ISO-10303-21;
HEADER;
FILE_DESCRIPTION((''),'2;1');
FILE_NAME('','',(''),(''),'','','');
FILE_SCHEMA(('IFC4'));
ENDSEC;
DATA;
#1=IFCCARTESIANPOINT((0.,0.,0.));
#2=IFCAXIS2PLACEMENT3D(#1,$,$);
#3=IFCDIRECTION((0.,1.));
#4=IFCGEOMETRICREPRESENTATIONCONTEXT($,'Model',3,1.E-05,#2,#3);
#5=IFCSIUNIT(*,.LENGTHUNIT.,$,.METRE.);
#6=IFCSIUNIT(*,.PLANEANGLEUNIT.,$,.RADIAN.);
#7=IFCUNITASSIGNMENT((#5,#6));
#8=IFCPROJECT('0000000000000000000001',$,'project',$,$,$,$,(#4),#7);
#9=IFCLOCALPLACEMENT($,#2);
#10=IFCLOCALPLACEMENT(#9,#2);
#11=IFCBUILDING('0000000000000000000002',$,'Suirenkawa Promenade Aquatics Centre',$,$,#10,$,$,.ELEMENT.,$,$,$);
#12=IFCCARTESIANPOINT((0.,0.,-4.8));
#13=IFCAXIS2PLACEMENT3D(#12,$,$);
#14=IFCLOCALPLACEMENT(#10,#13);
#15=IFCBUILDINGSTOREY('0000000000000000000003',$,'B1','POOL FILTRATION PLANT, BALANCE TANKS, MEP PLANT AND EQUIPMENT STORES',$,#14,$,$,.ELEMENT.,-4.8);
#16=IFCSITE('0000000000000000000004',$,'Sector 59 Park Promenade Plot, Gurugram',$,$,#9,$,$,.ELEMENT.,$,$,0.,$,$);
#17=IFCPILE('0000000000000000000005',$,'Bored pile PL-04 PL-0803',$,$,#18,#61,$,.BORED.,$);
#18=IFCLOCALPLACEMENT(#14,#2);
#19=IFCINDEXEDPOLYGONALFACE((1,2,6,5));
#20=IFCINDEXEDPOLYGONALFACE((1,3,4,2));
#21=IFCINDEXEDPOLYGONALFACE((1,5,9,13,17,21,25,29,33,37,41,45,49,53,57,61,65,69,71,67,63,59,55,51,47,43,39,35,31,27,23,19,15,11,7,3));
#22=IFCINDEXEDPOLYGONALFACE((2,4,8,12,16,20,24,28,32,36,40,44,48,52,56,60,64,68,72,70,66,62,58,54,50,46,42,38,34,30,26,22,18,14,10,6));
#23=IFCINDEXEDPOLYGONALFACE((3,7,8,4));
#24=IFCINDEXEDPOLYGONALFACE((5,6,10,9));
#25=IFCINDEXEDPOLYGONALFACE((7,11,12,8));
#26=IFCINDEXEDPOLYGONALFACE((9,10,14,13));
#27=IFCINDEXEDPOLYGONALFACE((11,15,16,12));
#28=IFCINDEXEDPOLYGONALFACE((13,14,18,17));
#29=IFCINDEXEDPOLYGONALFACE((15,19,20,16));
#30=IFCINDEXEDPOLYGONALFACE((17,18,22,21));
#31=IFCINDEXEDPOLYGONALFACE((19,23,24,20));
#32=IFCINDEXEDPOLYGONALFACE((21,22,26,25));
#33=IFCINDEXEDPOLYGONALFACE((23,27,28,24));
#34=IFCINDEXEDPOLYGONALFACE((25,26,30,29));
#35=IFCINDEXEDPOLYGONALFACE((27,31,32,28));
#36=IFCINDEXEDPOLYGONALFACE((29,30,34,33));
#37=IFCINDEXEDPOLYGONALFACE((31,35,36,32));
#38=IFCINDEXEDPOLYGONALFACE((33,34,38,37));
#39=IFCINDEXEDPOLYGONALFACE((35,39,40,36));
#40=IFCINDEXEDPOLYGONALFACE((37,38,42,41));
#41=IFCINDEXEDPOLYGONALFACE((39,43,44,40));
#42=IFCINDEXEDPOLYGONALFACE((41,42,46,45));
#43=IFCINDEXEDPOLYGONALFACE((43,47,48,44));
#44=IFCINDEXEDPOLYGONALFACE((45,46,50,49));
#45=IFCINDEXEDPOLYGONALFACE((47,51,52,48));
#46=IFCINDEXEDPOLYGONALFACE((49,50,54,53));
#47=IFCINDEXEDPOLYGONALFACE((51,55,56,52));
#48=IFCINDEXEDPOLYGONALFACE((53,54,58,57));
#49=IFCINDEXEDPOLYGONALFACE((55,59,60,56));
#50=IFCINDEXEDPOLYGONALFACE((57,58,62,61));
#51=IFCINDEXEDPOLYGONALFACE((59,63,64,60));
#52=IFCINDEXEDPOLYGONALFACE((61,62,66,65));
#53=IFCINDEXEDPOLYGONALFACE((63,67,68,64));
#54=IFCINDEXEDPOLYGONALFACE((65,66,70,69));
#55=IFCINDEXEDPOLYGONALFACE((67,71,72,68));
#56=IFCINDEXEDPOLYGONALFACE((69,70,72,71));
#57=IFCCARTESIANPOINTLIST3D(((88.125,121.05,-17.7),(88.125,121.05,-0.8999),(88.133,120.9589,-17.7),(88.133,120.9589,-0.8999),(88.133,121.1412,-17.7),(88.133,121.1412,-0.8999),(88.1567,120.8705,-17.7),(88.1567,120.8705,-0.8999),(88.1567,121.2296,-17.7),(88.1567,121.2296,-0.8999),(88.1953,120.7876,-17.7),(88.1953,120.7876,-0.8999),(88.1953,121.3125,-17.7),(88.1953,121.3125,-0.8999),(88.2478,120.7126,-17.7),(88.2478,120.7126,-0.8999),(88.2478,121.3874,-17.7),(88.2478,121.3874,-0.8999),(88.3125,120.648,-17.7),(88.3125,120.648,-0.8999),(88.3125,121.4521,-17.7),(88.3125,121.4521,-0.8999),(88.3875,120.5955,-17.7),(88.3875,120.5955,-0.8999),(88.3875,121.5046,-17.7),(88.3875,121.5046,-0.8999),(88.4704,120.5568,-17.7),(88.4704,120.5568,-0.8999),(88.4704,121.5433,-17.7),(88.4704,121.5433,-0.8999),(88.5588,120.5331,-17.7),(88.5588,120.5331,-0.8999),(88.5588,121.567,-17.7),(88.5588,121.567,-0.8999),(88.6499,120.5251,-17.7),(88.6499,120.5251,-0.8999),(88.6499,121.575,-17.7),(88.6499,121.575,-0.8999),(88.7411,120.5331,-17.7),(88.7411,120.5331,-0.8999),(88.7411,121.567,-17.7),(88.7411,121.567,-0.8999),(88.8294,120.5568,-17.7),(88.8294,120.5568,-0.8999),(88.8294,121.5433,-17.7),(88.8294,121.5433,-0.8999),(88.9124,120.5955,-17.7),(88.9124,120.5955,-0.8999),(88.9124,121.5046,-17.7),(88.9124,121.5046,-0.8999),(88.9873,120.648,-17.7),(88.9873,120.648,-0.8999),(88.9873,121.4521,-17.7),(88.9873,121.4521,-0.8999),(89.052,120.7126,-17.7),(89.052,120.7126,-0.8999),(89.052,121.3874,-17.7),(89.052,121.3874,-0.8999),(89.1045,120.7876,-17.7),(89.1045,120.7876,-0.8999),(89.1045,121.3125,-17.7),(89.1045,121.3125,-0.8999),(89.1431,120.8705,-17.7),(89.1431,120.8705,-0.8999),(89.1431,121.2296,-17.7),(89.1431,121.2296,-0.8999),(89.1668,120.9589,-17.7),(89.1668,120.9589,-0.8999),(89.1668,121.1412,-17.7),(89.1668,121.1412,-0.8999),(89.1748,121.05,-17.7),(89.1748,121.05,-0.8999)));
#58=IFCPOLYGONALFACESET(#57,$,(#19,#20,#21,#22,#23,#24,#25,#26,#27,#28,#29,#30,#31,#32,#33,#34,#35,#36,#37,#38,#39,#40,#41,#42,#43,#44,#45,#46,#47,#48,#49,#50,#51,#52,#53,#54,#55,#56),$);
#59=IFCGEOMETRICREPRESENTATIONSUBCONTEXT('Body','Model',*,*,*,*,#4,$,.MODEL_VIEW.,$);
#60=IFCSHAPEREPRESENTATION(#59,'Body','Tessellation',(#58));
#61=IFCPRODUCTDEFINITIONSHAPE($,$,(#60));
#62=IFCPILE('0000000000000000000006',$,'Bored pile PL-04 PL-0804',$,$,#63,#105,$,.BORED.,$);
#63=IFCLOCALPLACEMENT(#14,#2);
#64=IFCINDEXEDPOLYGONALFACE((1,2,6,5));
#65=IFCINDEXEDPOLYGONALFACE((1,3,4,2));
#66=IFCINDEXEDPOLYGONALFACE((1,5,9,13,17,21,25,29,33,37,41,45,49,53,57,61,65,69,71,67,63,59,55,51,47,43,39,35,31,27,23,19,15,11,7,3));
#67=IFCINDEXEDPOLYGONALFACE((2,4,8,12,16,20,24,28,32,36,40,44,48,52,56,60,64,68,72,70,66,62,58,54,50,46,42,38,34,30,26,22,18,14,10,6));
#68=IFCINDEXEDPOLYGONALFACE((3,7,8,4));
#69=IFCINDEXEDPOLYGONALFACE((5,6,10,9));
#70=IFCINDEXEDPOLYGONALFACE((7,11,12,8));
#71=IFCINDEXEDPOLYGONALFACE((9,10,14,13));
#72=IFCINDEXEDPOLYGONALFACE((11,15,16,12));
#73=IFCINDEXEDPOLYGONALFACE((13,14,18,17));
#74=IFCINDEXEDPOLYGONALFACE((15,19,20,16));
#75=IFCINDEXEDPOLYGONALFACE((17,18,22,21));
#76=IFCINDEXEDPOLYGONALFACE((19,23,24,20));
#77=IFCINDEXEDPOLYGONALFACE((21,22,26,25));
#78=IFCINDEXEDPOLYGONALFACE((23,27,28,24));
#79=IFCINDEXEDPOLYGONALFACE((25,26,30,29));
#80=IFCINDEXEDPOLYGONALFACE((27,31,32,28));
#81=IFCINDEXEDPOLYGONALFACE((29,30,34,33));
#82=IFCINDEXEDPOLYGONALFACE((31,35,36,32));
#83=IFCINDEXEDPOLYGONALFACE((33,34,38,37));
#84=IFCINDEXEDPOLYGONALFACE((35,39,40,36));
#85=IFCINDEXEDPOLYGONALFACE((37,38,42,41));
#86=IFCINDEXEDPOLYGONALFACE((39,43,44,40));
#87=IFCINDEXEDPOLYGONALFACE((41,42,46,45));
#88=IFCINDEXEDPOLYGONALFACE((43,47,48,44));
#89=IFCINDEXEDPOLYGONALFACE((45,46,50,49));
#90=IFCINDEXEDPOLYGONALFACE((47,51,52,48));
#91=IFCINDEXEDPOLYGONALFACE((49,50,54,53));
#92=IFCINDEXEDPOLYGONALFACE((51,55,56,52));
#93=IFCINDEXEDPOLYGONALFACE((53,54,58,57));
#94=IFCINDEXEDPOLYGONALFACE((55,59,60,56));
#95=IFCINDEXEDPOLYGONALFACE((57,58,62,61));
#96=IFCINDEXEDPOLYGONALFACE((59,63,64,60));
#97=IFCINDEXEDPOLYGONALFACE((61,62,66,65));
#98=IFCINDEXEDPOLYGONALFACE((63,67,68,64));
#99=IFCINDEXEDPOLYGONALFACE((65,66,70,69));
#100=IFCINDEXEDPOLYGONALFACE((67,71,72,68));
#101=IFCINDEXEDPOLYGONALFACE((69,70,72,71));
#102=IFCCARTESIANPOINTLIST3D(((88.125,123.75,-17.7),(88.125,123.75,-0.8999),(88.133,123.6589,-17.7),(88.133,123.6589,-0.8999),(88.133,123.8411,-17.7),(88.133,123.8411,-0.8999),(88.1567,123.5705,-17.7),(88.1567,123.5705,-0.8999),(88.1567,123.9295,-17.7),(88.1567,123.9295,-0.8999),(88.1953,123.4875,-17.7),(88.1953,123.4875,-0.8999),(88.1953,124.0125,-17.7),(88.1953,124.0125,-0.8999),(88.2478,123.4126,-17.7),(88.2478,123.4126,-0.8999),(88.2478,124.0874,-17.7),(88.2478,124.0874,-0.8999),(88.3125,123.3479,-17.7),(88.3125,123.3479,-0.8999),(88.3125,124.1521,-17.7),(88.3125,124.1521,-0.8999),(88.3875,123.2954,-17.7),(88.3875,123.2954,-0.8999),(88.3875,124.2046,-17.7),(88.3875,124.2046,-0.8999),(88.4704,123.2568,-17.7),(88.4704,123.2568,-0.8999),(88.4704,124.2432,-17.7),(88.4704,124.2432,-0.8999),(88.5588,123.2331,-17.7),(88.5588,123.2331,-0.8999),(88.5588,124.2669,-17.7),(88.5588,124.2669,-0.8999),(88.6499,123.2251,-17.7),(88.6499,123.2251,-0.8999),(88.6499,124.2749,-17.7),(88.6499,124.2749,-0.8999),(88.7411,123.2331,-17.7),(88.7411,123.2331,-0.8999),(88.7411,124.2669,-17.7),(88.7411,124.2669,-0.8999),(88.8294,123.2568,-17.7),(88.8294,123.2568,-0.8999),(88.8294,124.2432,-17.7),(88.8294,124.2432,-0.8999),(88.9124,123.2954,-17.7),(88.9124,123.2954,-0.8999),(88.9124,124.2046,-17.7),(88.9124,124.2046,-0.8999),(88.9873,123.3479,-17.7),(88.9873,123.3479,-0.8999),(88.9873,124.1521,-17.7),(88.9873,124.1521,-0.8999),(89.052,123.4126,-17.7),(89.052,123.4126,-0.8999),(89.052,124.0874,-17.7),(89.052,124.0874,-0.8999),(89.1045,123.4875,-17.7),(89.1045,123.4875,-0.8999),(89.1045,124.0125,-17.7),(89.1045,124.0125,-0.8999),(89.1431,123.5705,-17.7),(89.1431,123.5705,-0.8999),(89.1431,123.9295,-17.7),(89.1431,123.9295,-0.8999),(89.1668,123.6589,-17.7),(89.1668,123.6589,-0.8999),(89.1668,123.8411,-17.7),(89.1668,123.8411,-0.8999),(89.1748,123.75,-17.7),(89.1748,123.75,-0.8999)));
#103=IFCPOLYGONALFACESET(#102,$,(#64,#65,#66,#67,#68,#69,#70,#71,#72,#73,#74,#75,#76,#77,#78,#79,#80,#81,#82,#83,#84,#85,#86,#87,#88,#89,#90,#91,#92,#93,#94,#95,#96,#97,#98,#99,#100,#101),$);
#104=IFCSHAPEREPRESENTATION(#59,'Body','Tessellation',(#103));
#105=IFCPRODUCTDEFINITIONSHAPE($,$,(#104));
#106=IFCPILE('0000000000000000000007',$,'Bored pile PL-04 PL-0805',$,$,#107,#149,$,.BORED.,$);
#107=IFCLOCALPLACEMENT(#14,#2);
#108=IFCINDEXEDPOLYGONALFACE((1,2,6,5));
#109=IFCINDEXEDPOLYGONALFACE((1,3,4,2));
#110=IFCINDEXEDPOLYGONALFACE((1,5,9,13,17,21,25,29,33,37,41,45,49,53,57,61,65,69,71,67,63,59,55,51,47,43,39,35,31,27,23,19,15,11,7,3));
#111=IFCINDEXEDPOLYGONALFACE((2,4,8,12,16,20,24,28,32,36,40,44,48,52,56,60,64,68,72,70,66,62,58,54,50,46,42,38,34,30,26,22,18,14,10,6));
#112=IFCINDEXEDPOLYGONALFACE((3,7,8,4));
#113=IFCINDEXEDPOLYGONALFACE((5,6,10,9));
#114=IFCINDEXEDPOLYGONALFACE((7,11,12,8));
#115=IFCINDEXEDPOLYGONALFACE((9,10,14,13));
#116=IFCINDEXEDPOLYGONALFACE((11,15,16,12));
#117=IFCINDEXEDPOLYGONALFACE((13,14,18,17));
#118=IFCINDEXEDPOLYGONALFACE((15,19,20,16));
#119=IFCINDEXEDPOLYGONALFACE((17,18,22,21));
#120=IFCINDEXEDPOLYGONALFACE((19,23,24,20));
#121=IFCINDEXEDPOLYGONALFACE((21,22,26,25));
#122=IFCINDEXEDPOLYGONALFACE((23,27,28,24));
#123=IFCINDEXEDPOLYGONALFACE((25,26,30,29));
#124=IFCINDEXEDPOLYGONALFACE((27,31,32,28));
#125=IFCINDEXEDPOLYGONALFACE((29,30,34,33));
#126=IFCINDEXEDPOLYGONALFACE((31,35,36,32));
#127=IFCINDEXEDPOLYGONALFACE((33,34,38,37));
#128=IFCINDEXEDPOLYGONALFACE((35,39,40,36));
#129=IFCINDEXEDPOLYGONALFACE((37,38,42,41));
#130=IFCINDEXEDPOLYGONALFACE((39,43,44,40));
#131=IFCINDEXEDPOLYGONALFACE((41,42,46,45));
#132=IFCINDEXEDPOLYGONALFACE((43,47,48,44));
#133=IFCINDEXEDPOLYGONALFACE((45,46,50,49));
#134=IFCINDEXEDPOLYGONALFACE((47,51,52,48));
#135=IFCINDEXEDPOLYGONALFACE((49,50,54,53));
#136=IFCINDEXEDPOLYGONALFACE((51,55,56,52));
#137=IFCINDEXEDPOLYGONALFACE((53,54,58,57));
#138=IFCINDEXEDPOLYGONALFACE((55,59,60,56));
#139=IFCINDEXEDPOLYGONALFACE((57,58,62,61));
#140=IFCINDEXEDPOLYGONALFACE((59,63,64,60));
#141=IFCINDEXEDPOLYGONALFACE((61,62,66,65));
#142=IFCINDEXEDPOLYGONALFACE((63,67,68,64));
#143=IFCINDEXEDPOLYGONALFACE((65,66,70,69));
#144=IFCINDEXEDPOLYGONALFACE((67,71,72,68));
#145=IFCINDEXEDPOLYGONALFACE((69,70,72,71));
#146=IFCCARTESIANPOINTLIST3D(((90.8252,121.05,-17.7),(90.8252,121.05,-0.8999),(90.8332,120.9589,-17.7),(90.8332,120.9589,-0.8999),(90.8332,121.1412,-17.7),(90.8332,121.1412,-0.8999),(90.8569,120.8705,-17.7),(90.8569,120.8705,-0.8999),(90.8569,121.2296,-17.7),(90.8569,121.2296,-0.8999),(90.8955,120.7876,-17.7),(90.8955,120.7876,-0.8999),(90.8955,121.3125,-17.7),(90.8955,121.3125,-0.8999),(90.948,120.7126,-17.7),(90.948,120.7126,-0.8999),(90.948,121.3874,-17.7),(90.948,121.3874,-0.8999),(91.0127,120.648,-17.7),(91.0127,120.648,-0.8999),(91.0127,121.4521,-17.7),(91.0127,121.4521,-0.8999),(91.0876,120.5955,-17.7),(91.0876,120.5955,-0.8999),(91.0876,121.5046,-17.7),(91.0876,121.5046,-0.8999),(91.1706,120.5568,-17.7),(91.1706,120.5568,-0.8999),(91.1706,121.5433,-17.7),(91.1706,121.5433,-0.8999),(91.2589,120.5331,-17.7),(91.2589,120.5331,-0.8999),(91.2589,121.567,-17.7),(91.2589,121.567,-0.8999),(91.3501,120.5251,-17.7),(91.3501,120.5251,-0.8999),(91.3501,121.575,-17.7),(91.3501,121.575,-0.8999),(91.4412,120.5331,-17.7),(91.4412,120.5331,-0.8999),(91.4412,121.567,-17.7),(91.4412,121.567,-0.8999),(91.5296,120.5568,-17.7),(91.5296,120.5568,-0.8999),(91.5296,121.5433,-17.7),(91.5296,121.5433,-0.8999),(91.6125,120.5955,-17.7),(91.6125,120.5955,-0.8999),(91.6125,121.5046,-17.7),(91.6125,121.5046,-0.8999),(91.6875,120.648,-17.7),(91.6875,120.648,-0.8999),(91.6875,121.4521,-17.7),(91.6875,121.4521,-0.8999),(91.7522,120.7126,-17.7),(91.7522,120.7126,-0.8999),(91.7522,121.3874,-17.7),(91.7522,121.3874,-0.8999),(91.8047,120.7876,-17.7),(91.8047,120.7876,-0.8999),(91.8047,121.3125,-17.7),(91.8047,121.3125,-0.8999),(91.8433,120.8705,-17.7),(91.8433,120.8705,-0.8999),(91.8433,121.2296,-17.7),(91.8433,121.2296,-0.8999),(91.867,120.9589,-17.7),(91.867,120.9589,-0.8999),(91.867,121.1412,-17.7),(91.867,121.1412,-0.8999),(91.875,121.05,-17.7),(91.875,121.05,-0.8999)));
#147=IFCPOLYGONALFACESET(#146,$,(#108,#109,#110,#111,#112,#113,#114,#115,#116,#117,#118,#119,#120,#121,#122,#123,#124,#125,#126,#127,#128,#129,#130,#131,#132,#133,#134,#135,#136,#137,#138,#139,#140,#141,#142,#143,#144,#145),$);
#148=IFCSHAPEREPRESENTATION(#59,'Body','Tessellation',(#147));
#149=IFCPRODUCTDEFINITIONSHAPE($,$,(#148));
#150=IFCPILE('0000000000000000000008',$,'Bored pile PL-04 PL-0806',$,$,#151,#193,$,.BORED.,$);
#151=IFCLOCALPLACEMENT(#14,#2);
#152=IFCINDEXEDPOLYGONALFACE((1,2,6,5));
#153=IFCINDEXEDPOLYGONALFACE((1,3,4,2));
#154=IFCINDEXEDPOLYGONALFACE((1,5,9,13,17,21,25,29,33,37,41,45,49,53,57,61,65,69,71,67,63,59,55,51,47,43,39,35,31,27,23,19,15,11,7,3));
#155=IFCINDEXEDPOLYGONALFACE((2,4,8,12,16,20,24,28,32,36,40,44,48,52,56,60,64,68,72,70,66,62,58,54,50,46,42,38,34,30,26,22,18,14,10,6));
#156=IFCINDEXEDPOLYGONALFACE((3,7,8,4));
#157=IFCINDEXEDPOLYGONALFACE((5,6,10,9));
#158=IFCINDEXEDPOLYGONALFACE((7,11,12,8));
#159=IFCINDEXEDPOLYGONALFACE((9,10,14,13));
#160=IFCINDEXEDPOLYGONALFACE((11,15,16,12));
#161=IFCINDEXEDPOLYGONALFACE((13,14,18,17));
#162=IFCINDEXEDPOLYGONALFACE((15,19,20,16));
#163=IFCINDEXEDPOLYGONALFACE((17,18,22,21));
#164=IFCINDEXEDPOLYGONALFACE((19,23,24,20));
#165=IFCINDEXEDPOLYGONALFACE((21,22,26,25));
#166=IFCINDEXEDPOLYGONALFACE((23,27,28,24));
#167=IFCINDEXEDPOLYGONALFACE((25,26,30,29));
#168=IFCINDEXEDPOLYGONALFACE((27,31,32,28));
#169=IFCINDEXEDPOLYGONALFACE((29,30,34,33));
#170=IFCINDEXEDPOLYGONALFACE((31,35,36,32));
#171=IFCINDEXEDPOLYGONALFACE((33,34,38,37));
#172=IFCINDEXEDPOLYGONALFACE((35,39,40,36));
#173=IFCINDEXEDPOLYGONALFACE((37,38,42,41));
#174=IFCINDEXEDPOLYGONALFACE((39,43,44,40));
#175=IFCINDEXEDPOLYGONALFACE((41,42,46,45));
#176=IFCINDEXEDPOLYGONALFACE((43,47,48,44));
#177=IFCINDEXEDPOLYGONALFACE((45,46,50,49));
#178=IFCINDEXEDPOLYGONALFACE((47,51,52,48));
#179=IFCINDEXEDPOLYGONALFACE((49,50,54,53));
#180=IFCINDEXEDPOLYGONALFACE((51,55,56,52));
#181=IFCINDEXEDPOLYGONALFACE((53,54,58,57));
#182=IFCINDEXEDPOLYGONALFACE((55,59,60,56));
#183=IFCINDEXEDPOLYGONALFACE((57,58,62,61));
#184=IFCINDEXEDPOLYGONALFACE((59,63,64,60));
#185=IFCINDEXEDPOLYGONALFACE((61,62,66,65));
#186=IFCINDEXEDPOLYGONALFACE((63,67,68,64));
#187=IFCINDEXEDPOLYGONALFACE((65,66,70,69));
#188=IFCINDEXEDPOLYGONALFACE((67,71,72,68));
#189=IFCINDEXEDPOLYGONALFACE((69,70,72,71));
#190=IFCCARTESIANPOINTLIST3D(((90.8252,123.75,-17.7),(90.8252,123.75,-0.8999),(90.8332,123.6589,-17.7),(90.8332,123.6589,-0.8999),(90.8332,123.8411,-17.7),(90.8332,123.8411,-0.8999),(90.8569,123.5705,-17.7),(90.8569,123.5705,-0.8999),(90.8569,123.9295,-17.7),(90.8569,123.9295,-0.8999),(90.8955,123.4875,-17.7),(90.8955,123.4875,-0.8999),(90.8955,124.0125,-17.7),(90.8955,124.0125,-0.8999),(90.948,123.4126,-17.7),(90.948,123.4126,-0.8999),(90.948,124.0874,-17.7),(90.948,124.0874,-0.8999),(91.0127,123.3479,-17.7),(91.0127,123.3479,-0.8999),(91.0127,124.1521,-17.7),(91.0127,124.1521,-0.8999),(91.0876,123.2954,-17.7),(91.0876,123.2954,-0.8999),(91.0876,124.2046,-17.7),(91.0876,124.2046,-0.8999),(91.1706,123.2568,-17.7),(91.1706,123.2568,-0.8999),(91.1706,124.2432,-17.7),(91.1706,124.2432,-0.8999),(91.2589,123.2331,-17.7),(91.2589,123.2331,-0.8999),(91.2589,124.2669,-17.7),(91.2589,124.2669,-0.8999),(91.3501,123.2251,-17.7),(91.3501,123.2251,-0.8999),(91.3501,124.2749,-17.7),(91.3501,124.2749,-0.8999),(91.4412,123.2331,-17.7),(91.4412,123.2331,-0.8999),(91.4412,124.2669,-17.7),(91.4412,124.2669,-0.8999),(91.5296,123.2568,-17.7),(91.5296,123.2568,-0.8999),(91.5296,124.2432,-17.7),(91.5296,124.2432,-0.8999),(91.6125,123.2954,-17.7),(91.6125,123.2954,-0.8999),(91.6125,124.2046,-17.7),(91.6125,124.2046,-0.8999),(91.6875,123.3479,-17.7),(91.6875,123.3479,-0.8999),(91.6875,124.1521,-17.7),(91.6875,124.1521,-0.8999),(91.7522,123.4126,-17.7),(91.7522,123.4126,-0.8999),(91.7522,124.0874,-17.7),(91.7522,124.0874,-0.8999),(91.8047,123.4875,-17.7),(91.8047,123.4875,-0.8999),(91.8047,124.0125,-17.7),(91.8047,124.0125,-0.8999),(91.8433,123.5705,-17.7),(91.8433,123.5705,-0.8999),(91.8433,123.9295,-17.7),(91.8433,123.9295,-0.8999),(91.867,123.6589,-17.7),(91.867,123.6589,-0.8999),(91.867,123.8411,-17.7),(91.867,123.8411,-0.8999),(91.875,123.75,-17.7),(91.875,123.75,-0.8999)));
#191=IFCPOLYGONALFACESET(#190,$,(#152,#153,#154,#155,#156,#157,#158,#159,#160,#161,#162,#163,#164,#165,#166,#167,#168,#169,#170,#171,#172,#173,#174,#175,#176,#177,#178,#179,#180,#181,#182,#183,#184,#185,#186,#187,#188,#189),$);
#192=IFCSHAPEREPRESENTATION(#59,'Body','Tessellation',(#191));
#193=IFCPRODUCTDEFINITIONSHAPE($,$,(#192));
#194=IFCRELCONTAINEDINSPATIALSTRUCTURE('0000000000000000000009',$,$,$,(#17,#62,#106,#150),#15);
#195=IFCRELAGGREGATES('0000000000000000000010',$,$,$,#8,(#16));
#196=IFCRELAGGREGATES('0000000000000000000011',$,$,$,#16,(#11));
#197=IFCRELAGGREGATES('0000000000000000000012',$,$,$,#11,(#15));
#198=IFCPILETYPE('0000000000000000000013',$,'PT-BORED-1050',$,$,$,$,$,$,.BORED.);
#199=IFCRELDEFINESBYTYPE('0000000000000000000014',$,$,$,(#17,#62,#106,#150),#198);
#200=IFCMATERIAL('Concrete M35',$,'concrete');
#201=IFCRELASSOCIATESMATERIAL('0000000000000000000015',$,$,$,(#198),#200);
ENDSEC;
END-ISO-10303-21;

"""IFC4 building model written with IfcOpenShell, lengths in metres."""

from ifc_helpers import new_model, si_unit, direction, frame, origin, origin_2d, place, context, subcontext, project, spatial, circle, extrude, material, material_profile, profile_set, type_object, element, save


model = new_model("IFC4")

# Units and contexts
model_context = context("Model", 3, precision=1e-05, world=origin(), true_north=direction((0.0, 1.0)))
body_context = subcontext(model_context, "Body", "Model", "MODEL_VIEW")
ifc_project = project(units=[si_unit("LENGTHUNIT", "METRE"), si_unit("PLANEANGLEUNIT", "RADIAN")], contexts=[model_context])

# Site, building, storey
site_placement = place(None, origin())
site = spatial("IfcSite", under=ifc_project, at=site_placement, Name="Sector 59 Park Promenade Plot, Gurugram", CompositionType="ELEMENT", RefElevation=0.0)
building_placement = place(site_placement, origin())
building = spatial("IfcBuilding", under=site, at=building_placement, Name="Suirenkawa Promenade Aquatics Centre", CompositionType="ELEMENT")
storey_placement = place(building_placement, frame((0.0, 0.0, -4.8)))
storey = spatial("IfcBuildingStorey", under=building, at=storey_placement, Name="B1", Description="POOL FILTRATION PLANT, BALANCE TANKS, MEP PLANT AND EQUIPMENT STORES", CompositionType="ELEMENT", Elevation=-4.8)

# Shared definitions
ifc_material_1 = material(Name="Concrete M35", Category="concrete")

# Piles
ifc_material_profile_1 = material_profile(ifc_material_1, circle(Radius=0.5249, at=origin_2d()), Name="PILE D1050", Category="concrete")
ifc_profile_set_1 = profile_set([ifc_material_profile_1], Name="Concrete M35")
pile_type_1 = type_object("IfcPileType", Name="PT-BORED-1050", PredefinedType="BORED", material=ifc_profile_set_1)
for number, where, z_axis, x_axis, name in (
    (1, (88.6499, 121.05, -0.8999), (0.0, 0.0, -1.0), (1.0, 0.0, 0.0), "Bored pile PL-04 PL-0803"),
    (2, (88.6499, 123.75, -0.8999), (0.0, 0.0, -1.0), (1.0, 0.0, 0.0), "Bored pile PL-04 PL-0804"),
    (3, (91.3501, 121.05, -0.8999), (0.0, 0.0, -1.0), (1.0, 0.0, 0.0), "Bored pile PL-04 PL-0805"),
    (4, (91.3501, 123.75, -0.8999), (0.0, 0.0, -1.0), (1.0, 0.0, 0.0), "Bored pile PL-04 PL-0806"),
):
    element("IfcPile", number, at=place(storey_placement, frame(where, z_axis=z_axis, x_axis=x_axis)), inside=storey, type_object=pile_type_1, Name=name, PredefinedType="BORED", context=body_context, shape_type="SweptSolid", body=[
        extrude(circle(Radius=0.5249, at=origin_2d()), origin(), (0.0, 0.0, 1.0), 16.8),
    ])

save(model, "model.ifc")
